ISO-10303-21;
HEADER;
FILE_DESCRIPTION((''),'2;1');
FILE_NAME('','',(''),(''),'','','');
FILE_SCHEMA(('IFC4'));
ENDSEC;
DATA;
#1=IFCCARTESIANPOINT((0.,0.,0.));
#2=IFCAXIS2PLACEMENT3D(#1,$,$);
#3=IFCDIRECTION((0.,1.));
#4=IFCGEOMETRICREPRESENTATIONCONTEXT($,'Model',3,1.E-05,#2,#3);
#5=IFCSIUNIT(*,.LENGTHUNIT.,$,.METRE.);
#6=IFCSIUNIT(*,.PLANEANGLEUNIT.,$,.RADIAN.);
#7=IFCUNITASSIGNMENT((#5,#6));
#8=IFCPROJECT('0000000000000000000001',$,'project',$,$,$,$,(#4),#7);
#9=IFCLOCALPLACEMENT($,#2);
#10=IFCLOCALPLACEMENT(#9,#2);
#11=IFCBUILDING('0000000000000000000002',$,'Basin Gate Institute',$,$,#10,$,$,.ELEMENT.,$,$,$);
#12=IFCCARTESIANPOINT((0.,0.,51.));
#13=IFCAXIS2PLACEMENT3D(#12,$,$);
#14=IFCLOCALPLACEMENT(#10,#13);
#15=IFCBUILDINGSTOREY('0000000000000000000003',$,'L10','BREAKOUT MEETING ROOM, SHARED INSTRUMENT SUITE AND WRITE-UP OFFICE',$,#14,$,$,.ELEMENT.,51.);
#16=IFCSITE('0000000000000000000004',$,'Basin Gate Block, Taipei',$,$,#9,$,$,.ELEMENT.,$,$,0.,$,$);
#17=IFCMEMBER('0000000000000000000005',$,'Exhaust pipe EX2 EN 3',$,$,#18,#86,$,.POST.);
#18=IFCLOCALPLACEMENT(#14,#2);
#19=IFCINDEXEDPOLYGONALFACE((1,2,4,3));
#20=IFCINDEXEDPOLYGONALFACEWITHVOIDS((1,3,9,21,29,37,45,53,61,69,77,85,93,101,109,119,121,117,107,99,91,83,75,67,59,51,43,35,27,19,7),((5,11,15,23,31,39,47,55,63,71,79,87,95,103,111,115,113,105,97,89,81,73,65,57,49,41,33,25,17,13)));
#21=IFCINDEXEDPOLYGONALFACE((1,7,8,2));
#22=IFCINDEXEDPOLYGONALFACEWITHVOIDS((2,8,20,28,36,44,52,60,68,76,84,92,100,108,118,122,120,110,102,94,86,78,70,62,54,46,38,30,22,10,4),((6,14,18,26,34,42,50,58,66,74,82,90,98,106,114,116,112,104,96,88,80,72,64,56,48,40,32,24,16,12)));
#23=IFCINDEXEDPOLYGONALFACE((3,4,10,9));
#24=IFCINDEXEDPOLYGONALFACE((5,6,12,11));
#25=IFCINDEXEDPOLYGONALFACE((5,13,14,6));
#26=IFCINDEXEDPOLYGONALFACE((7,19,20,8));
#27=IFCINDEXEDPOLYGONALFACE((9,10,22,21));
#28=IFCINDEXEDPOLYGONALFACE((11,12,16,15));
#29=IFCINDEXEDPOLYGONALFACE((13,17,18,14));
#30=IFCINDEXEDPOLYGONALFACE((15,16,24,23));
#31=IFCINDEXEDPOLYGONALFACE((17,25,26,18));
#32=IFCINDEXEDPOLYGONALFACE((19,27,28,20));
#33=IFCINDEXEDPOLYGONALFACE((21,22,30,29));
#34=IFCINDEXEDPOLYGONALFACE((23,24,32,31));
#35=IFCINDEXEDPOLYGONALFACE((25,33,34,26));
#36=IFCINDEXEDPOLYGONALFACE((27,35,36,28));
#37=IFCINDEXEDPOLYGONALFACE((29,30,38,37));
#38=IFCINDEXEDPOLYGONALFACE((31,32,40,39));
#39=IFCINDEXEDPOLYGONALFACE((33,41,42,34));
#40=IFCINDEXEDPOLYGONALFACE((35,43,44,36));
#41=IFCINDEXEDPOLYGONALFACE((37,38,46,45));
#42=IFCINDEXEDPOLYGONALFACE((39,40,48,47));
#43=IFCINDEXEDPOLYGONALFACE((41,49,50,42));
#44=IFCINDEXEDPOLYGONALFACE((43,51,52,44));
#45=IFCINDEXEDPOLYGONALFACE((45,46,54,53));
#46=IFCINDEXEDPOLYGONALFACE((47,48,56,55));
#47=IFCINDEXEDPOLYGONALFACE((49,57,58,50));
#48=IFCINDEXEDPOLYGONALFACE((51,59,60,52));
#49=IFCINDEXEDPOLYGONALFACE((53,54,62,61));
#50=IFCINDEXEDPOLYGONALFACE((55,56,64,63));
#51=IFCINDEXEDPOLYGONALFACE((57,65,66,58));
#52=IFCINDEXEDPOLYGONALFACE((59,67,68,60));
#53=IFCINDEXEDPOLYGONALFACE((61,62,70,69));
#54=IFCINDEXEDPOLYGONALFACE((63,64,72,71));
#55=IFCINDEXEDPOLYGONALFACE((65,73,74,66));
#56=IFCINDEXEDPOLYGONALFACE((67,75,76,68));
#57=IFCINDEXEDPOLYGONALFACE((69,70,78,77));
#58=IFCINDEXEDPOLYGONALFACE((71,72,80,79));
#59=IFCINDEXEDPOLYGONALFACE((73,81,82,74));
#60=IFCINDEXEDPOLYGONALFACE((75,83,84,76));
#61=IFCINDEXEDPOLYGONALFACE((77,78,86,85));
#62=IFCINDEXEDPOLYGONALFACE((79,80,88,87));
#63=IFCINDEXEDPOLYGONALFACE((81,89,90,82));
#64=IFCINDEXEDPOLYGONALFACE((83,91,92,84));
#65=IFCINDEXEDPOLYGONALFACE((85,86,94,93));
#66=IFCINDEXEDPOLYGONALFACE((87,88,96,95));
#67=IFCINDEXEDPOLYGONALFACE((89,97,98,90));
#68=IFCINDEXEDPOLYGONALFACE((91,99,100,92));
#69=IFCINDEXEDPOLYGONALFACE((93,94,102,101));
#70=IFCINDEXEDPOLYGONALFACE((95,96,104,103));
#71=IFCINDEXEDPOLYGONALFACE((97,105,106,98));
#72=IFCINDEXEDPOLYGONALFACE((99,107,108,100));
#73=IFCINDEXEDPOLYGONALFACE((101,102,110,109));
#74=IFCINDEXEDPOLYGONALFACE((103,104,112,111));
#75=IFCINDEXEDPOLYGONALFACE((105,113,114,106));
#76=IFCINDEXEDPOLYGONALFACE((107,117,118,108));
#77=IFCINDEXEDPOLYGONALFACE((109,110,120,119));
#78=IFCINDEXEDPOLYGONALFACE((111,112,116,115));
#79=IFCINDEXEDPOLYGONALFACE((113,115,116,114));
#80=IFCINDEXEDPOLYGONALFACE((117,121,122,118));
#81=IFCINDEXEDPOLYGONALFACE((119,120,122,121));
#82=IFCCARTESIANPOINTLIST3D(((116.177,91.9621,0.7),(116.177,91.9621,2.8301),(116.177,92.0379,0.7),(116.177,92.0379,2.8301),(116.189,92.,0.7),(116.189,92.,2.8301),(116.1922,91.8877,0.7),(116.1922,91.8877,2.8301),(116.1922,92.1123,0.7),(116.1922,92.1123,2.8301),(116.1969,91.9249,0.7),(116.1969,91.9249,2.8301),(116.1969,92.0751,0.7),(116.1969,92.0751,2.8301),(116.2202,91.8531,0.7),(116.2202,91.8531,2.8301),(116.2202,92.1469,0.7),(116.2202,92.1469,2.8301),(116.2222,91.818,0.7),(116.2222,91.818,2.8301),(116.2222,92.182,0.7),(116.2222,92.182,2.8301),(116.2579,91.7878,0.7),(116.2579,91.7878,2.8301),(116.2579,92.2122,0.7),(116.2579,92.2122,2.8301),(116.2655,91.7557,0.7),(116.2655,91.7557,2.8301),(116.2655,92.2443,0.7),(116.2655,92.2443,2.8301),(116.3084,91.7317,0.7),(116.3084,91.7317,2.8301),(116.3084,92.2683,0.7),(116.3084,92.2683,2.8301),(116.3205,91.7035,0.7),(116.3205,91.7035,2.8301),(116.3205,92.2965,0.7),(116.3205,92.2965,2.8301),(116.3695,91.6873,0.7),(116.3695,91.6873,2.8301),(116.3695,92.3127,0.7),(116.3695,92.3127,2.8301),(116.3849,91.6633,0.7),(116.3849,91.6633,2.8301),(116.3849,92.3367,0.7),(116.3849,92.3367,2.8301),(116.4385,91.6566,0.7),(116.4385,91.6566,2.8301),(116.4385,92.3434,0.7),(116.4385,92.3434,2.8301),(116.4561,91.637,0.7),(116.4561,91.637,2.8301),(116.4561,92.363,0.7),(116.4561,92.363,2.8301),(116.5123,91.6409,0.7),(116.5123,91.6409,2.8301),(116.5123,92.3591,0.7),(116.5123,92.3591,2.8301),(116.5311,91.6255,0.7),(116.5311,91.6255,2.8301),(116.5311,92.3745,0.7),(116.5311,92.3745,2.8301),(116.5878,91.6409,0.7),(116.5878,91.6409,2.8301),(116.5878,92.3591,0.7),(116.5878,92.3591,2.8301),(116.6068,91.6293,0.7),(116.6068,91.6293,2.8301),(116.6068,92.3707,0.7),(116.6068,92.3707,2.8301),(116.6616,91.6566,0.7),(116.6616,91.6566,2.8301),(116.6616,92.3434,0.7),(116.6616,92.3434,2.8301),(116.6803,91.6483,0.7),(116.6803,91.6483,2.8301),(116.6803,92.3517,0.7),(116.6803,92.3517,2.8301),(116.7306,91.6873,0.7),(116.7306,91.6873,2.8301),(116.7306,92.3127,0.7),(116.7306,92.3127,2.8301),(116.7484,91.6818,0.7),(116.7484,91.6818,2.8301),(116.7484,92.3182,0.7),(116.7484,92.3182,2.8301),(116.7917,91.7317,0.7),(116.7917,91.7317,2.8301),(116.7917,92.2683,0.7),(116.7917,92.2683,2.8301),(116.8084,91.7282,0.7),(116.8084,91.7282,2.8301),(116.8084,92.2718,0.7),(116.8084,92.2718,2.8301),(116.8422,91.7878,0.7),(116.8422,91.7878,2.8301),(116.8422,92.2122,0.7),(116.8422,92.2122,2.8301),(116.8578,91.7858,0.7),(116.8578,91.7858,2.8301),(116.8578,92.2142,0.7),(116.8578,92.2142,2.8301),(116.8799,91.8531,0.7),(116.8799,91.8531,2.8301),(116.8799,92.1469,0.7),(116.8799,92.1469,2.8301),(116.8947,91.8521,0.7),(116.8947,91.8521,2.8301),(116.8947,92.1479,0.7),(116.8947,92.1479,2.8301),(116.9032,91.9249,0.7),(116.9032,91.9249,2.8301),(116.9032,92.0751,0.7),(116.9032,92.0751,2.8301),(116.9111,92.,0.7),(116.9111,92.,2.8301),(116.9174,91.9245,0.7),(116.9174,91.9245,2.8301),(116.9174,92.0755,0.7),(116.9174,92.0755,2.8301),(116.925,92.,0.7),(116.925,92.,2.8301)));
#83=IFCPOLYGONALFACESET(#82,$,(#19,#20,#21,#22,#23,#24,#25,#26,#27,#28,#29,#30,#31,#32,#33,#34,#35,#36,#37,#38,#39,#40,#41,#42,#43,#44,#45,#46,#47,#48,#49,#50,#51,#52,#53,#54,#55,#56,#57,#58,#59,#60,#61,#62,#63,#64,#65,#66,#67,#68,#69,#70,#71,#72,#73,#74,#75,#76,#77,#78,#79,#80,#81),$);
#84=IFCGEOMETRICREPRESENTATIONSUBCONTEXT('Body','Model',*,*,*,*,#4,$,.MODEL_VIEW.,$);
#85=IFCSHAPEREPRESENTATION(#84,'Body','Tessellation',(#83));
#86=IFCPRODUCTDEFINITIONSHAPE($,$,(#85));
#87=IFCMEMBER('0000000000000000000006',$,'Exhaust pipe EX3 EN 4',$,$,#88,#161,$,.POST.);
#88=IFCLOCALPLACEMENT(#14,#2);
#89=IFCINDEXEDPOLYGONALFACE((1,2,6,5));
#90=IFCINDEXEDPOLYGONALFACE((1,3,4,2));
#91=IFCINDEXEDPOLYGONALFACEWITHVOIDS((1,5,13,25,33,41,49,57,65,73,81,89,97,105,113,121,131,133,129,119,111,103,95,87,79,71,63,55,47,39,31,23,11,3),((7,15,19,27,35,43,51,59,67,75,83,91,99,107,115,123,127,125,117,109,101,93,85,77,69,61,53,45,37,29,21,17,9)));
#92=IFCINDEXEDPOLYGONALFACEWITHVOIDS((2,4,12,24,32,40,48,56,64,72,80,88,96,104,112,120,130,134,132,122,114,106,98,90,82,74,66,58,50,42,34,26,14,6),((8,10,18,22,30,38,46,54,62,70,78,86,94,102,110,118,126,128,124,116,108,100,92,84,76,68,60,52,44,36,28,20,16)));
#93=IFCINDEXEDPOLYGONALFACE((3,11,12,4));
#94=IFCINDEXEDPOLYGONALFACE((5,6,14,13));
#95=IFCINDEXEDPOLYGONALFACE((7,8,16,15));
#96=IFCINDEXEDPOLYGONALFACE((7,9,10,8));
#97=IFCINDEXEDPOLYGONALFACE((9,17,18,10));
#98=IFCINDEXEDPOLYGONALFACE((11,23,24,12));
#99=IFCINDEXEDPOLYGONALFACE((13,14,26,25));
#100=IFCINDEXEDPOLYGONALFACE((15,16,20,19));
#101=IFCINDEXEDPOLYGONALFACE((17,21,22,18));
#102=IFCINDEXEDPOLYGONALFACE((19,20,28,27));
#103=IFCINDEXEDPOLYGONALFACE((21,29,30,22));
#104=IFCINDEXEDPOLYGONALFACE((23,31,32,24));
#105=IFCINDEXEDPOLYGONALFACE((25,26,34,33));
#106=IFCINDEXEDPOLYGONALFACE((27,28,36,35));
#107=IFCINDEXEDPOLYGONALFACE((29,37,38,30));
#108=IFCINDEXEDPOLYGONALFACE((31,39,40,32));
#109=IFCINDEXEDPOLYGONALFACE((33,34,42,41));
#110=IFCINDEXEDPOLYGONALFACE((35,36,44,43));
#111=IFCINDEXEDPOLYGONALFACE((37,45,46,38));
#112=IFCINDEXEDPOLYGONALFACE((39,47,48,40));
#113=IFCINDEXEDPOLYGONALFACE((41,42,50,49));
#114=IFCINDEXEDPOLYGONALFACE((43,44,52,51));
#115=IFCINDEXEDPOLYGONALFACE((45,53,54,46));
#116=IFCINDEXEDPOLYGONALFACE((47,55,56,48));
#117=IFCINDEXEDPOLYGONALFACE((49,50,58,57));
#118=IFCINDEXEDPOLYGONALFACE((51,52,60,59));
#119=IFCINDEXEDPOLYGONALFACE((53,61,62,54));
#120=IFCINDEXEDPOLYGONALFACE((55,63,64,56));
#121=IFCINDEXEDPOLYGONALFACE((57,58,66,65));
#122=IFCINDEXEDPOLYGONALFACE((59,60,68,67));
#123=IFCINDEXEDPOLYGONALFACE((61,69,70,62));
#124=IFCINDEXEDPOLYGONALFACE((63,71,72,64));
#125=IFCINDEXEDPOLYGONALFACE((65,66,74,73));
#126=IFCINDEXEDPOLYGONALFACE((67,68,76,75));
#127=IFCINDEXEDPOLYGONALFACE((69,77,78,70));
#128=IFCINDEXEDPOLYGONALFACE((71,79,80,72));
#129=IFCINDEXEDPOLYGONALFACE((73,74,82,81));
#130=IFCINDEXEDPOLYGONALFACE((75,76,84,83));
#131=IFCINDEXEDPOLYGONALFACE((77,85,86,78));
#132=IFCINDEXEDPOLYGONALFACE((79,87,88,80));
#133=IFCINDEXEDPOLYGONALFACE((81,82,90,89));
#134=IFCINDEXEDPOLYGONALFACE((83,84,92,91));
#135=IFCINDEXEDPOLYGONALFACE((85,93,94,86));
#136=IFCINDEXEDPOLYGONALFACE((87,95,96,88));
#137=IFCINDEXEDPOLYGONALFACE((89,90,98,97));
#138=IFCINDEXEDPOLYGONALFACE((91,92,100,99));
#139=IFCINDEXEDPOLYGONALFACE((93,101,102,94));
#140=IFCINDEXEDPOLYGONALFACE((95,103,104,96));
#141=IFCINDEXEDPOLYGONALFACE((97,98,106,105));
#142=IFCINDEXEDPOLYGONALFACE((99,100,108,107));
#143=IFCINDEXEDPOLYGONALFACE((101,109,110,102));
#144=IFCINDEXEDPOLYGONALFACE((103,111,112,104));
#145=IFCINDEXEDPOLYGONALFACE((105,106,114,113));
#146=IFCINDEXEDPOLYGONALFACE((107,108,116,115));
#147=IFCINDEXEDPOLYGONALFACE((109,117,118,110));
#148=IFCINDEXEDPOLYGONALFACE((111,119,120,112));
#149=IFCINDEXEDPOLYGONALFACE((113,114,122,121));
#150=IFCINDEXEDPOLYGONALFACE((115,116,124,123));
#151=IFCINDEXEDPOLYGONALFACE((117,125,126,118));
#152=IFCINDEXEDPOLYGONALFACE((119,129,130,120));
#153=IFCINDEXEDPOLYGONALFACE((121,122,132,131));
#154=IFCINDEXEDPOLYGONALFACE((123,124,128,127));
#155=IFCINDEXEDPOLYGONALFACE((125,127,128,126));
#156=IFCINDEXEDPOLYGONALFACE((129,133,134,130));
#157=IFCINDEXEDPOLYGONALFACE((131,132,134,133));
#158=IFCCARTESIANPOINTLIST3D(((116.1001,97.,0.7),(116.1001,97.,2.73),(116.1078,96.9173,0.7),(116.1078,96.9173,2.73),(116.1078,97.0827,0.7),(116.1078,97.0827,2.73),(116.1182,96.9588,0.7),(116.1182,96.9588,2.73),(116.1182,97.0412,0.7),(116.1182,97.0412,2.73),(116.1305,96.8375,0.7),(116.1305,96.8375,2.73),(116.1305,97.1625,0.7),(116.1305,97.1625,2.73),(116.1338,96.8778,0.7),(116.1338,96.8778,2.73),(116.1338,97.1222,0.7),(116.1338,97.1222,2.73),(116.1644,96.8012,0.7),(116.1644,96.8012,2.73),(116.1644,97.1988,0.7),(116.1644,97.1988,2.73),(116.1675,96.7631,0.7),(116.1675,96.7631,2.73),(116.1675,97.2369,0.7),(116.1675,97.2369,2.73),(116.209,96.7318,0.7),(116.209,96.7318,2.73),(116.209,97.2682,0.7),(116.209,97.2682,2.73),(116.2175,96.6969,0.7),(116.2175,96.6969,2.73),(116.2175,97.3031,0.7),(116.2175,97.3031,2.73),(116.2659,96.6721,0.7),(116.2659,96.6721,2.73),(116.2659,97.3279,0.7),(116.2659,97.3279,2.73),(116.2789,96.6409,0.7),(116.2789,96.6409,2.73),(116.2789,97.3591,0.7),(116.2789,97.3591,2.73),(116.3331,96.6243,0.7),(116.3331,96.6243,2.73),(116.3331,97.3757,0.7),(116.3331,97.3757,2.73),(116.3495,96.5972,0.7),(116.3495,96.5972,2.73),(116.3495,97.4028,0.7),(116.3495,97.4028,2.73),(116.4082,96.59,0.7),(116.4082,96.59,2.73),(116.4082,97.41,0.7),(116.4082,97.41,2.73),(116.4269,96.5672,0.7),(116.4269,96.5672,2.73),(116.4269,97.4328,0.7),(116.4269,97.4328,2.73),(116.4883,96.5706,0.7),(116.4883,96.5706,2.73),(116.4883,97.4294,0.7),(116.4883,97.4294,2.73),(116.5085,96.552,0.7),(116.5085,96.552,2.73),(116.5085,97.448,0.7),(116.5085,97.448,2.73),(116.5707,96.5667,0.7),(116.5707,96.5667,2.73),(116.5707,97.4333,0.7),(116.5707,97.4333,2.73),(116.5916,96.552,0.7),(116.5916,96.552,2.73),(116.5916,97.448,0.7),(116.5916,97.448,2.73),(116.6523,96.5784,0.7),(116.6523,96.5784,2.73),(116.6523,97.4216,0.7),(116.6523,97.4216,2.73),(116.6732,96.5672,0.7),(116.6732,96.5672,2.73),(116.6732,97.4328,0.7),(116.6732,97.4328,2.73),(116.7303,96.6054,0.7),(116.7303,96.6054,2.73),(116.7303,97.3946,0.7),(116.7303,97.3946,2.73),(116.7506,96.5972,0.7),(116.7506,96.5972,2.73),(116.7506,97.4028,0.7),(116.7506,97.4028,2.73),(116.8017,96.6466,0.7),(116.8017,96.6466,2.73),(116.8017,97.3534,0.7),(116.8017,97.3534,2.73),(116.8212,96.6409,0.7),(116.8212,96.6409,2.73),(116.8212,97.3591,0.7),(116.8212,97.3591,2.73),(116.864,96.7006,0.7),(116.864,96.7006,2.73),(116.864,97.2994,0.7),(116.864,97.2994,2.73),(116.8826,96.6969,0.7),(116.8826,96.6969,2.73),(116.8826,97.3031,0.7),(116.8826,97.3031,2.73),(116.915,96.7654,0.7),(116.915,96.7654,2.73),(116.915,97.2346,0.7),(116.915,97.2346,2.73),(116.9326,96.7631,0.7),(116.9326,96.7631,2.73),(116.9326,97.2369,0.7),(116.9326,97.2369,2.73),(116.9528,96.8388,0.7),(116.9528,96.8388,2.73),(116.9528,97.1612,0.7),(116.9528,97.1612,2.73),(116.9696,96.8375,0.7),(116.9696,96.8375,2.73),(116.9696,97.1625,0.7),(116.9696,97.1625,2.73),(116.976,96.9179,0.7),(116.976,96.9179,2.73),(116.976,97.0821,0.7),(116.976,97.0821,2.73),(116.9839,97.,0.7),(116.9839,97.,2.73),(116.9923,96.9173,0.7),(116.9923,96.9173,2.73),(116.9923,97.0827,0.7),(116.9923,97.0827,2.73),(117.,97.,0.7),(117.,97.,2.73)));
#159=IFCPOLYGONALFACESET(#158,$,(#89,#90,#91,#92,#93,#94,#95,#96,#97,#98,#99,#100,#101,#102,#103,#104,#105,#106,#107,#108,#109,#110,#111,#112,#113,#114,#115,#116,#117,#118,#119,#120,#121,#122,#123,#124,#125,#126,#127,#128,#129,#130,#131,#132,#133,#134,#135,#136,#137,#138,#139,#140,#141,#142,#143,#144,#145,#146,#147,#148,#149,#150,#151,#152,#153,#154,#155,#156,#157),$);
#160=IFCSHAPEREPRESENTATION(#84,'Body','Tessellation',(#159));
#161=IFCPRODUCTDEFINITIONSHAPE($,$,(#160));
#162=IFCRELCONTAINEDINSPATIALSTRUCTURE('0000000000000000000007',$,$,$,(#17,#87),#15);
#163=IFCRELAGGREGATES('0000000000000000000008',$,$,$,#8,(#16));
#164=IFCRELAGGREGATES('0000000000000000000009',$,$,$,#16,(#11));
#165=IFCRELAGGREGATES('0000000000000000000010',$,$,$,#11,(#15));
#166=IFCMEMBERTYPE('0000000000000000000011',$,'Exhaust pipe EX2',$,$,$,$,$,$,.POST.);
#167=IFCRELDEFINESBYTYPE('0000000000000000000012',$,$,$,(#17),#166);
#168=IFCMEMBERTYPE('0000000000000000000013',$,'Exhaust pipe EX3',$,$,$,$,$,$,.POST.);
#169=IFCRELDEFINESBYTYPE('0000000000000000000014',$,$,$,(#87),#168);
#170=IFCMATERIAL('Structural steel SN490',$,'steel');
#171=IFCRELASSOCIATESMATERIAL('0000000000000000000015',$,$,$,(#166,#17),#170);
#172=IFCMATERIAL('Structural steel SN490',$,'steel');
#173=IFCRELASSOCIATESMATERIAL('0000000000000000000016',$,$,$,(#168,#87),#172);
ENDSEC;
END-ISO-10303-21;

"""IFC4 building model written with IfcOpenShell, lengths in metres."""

from ifc_helpers import new_model, si_unit, direction, frame, origin, origin_2d, place, context, subcontext, project, spatial, hollow_circle, extrude, material, material_profile, profile_set, type_object, element, save


model = new_model("IFC4")

# Units and contexts
model_context = context("Model", 3, precision=1e-05, world=origin(), true_north=direction((0.0, 1.0)))
body_context = subcontext(model_context, "Body", "Model", "MODEL_VIEW")
ifc_project = project(units=[si_unit("LENGTHUNIT", "METRE"), si_unit("PLANEANGLEUNIT", "RADIAN")], contexts=[model_context])

# Site, building, storey
site_placement = place(None, origin())
site = spatial("IfcSite", under=ifc_project, at=site_placement, Name="Basin Gate Block, Taipei", CompositionType="ELEMENT", RefElevation=0.0)
building_placement = place(site_placement, origin())
building = spatial("IfcBuilding", under=site, at=building_placement, Name="Basin Gate Institute", CompositionType="ELEMENT")
storey_placement = place(building_placement, frame((0.0, 0.0, 51.0)))
storey = spatial("IfcBuildingStorey", under=building, at=storey_placement, Name="L10", Description="BREAKOUT MEETING ROOM, SHARED INSTRUMENT SUITE AND WRITE-UP OFFICE", CompositionType="ELEMENT", Elevation=51.0)

# Members
ifc_material_1 = material(Name="Structural steel SN490", Category="steel")
ifc_material_profile_1 = material_profile(ifc_material_1, hollow_circle(Radius=0.375, WallThickness=0.0139, at=origin_2d()), Name="CHS750x14")
ifc_profile_set_1 = profile_set([ifc_material_profile_1], Name="Structural steel SN490")
member_type_1 = type_object("IfcMemberType", Name="Exhaust pipe EX2", PredefinedType="POST", material=ifc_profile_set_1)
member_1_placement = place(storey_placement, frame((116.55, 92.0, 0.7), z_axis=(0.0, 0.0, 1.0), x_axis=(1.0, 0.0, 0.0)))
element("IfcMember", 1, at=member_1_placement, inside=storey, type_object=member_type_1, material=ifc_profile_set_1, Name="Exhaust pipe EX2 EN 3", PredefinedType="POST", context=body_context, shape_type="SweptSolid", body=[
    extrude(hollow_circle(Radius=0.375, WallThickness=0.0139, at=origin_2d()), origin(), (0.0, 0.0, 1.0), 2.1301),
])
ifc_material_2 = material(Name="Structural steel SN490", Category="steel")
ifc_material_profile_2 = material_profile(ifc_material_2, hollow_circle(Radius=0.45, WallThickness=0.0161, at=origin_2d()), Name="CHS900x16")
ifc_profile_set_2 = profile_set([ifc_material_profile_2], Name="Structural steel SN490")
member_type_2 = type_object("IfcMemberType", Name="Exhaust pipe EX3", PredefinedType="POST", material=ifc_profile_set_2)
member_2_placement = place(storey_placement, frame((116.55, 97.0, 0.7), z_axis=(0.0, 0.0, 1.0), x_axis=(1.0, 0.0, 0.0)))
element("IfcMember", 2, at=member_2_placement, inside=storey, type_object=member_type_2, material=ifc_profile_set_2, Name="Exhaust pipe EX3 EN 4", PredefinedType="POST", context=body_context, shape_type="SweptSolid", body=[
    extrude(hollow_circle(Radius=0.45, WallThickness=0.0161, at=origin_2d()), origin(), (0.0, 0.0, 1.0), 2.03),
])

save(model, "model.ifc")
